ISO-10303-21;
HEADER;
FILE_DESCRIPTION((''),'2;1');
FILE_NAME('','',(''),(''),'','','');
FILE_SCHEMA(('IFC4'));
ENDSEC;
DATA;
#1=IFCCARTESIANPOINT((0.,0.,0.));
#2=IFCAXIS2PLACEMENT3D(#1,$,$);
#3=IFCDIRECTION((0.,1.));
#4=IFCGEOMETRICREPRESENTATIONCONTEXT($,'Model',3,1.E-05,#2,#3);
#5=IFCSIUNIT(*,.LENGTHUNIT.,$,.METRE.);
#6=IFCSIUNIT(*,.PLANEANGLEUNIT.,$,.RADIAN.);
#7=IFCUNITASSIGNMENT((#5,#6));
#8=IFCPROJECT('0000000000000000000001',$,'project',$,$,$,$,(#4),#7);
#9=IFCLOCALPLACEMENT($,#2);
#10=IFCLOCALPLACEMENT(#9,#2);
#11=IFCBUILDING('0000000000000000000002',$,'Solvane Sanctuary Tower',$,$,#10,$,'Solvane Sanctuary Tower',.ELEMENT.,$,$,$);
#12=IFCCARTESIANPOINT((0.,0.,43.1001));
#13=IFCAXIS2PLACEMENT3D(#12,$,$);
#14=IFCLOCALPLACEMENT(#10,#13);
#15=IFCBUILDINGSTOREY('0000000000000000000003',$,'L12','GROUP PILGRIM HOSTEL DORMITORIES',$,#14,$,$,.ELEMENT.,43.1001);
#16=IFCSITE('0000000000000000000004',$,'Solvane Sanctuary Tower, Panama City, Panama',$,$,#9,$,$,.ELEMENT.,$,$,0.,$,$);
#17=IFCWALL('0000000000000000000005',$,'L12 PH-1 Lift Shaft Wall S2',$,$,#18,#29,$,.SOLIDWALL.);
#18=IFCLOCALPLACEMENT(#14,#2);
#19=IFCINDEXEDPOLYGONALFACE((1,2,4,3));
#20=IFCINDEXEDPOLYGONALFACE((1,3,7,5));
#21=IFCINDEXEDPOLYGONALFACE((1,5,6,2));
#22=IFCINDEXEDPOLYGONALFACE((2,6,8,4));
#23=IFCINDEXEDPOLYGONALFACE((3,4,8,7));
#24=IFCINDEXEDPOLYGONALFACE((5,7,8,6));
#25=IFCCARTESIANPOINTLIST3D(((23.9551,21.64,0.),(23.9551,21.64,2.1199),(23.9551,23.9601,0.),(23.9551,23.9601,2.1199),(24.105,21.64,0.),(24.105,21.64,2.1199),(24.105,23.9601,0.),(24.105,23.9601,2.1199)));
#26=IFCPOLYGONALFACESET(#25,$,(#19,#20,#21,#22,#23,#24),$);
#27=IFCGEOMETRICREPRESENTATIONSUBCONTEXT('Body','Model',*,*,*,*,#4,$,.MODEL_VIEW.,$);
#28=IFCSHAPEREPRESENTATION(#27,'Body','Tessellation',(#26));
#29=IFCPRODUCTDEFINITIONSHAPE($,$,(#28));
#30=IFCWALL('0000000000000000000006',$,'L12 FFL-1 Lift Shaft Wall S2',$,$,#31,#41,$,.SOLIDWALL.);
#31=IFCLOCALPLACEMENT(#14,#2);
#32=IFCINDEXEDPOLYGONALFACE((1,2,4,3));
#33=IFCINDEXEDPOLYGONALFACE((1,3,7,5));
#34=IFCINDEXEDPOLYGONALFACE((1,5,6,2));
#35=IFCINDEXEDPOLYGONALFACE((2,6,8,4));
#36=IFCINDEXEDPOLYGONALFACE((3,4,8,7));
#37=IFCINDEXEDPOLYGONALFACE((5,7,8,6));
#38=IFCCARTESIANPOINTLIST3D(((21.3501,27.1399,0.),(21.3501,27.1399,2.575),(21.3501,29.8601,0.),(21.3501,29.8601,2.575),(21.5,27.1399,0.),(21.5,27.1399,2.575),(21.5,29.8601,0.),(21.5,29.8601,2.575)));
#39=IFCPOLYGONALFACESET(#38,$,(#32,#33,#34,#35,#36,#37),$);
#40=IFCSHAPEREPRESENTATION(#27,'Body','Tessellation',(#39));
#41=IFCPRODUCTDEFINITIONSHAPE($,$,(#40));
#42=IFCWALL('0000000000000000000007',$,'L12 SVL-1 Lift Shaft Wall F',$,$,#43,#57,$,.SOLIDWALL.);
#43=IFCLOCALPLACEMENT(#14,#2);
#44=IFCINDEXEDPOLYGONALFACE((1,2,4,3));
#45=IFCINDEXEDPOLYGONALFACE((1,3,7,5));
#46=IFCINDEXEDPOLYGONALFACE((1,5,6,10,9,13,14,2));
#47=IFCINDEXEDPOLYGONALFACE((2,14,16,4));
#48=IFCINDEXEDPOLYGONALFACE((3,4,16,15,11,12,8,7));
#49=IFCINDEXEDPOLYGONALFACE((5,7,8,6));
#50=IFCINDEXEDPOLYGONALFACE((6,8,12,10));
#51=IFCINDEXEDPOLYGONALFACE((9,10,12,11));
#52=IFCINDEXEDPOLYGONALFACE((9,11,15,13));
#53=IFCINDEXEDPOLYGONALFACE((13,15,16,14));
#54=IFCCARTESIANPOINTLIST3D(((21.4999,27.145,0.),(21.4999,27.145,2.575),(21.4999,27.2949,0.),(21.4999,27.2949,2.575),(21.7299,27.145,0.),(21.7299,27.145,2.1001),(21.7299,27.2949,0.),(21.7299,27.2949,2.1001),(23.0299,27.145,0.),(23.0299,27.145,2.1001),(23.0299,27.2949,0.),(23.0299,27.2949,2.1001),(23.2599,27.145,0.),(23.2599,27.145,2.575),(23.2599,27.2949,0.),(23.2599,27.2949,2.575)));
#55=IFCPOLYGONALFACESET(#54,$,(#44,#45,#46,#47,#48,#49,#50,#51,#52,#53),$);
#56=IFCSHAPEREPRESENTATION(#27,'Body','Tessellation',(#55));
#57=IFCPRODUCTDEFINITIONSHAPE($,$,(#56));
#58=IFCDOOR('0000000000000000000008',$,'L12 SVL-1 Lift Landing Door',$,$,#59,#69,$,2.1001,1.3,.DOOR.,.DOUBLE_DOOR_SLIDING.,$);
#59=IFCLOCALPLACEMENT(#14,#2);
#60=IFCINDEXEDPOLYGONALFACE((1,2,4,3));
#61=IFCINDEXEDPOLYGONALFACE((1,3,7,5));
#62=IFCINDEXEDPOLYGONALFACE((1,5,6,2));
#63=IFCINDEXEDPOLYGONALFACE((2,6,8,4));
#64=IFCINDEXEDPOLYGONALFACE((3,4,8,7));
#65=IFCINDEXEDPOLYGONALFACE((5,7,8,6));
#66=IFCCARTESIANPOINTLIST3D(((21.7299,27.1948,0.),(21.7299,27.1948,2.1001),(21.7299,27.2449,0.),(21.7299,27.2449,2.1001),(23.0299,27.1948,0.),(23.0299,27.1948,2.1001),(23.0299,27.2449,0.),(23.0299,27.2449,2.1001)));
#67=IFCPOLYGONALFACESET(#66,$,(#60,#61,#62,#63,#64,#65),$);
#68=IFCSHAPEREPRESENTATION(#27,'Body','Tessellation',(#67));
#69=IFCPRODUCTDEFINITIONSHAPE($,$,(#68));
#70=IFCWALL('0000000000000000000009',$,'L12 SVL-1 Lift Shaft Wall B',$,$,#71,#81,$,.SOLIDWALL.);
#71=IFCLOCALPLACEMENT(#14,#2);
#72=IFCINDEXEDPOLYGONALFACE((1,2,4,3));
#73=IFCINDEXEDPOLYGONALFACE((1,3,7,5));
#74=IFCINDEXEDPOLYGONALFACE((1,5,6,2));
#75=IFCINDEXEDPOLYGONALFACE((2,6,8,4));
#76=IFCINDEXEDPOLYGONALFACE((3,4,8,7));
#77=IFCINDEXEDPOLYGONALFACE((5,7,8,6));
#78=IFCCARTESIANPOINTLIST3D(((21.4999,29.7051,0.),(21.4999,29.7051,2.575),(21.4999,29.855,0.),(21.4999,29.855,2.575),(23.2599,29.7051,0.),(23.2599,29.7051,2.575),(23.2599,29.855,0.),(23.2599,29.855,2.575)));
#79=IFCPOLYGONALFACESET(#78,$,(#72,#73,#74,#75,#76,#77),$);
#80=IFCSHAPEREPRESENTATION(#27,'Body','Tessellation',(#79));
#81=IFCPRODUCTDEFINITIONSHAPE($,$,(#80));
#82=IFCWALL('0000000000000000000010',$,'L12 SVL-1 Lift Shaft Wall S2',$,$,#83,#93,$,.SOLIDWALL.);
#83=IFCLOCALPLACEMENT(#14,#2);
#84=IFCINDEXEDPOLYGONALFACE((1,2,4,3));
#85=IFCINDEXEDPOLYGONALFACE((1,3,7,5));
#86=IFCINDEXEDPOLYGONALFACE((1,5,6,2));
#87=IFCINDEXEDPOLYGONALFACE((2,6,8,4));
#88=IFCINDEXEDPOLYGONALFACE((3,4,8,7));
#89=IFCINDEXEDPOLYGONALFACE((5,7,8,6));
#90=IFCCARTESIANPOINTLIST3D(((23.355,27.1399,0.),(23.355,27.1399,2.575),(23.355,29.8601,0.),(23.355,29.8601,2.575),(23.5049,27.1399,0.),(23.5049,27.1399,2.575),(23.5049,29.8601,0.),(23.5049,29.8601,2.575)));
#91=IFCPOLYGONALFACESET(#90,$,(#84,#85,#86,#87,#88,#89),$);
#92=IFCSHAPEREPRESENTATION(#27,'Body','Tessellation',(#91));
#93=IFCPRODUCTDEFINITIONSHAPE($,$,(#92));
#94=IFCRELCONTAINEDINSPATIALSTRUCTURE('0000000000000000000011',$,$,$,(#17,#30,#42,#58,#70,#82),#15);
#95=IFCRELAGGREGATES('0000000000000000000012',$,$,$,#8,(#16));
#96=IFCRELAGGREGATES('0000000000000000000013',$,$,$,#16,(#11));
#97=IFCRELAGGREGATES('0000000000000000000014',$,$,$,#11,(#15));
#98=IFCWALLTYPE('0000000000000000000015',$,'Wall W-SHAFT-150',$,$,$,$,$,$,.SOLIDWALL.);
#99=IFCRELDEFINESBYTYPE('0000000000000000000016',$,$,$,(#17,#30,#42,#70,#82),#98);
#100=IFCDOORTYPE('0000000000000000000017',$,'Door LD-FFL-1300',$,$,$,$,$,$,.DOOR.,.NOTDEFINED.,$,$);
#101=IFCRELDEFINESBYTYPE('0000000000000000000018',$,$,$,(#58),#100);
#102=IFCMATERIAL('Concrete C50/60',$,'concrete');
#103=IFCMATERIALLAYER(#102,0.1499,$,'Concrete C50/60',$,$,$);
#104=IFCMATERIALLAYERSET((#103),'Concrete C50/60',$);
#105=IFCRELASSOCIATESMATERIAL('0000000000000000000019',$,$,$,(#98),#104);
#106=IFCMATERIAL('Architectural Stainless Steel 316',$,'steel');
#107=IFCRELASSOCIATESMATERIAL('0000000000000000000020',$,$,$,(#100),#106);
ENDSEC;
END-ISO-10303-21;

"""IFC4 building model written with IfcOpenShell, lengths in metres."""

from ifc_helpers import new_model, si_unit, direction, frame, frame_2d, origin, place, context, subcontext, project, spatial, rectangle, extrude, material, layer, layer_set, type_object, element, fill, save


model = new_model("IFC4")

# Units and contexts
model_context = context("Model", 3, precision=1e-05, world=origin(), true_north=direction((0.0, 1.0)))
body_context = subcontext(model_context, "Body", "Model", "MODEL_VIEW")
ifc_project = project(units=[si_unit("LENGTHUNIT", "METRE"), si_unit("PLANEANGLEUNIT", "RADIAN")], contexts=[model_context])

# Site, building, storey
site_placement = place(None, origin())
site = spatial("IfcSite", under=ifc_project, at=site_placement, Name="Solvane Sanctuary Tower, Panama City, Panama", CompositionType="ELEMENT", RefElevation=0.0)
building_placement = place(site_placement, origin())
building = spatial("IfcBuilding", under=site, at=building_placement, Name="Solvane Sanctuary Tower", LongName="Solvane Sanctuary Tower", CompositionType="ELEMENT")
storey_placement = place(building_placement, frame((0.0, 0.0, 43.1001)))
storey = spatial("IfcBuildingStorey", under=building, at=storey_placement, Name="L12", Description="GROUP PILGRIM HOSTEL DORMITORIES", CompositionType="ELEMENT", Elevation=43.1001)

# Shared definitions
ifc_material_1 = material(Name="Architectural Stainless Steel 316", Category="steel")

# Walls
ifc_material_2 = material(Name="Concrete C50/60", Category="concrete")
ifc_layer_1 = layer(ifc_material_2, 0.1499, Name="Concrete C50/60")
ifc_layer_set_1 = layer_set([ifc_layer_1], Name="Concrete C50/60")
wall_type_1 = type_object("IfcWallType", Name="Wall W-SHAFT-150", PredefinedType="SOLIDWALL", material=ifc_layer_set_1)
wall_1_placement = place(storey_placement, frame((24.03, 21.6399, 0.0), z_axis=(0.0, 0.0, 1.0), x_axis=(0.0, 1.0, 0.0)))
element("IfcWall", 1, at=wall_1_placement, inside=storey, type_object=wall_type_1, Name="L12 PH-1 Lift Shaft Wall S2", PredefinedType="SOLIDWALL", context=body_context, shape_type="SweptSolid", body=[
    extrude(rectangle(XDim=2.3201, YDim=0.1499, at=frame_2d((1.1602, 0.0))), origin(), (0.0, 0.0, 1.0), 2.1199),
])
wall_2_placement = place(storey_placement, frame((21.425, 27.1399, 0.0), z_axis=(0.0, 0.0, 1.0), x_axis=(0.0, 1.0, 0.0)))
element("IfcWall", 2, at=wall_2_placement, inside=storey, type_object=wall_type_1, Name="L12 FFL-1 Lift Shaft Wall S2", PredefinedType="SOLIDWALL", context=body_context, shape_type="SweptSolid", body=[
    extrude(rectangle(XDim=2.7202, YDim=0.1499, at=frame_2d((1.3601, 0.0))), origin(), (0.0, 0.0, 1.0), 2.575),
])

# Wall, opening, door
wall_3_placement = place(storey_placement, frame((21.5, 27.22, 0.0), z_axis=(0.0, 0.0, 1.0), x_axis=(1.0, 0.0, 0.0)))
wall_3 = element("IfcWall", 3, at=wall_3_placement, inside=storey, type_object=wall_type_1, Name="L12 SVL-1 Lift Shaft Wall F", PredefinedType="SOLIDWALL", context=body_context, shape_type="SweptSolid", body=[
    extrude(rectangle(XDim=1.76, YDim=0.1499, at=frame_2d((0.8799, 0.0))), origin(), (0.0, 0.0, 1.0), 2.575),
])
opening_1_placement = place(wall_3_placement, frame((0.23, 0.0, 0.0)))
opening_1 = element("IfcOpeningElement", 4, at=opening_1_placement, cuts=wall_3, PredefinedType="OPENING", context=body_context, shape_type="SweptSolid", body=[
    extrude(rectangle(XDim=1.3, YDim=2.1001, at=frame_2d((0.6499, 1.05))), frame((0.0, 0.085, 0.0), z_axis=(0.0, -1.0, 0.0), x_axis=(1.0, 0.0, 0.0)), (0.0, 0.0, 1.0), 0.1699),
])
door_type_1 = type_object("IfcDoorType", Name="Door LD-FFL-1300", OperationType="NOTDEFINED", PredefinedType="DOOR", material=ifc_material_1)
door_1_placement = place(opening_1_placement, origin())
door_1 = element("IfcDoor", 5, at=door_1_placement, inside=storey, type_object=door_type_1, Name="L12 SVL-1 Lift Landing Door", OperationType="DOUBLE_DOOR_SLIDING", OverallHeight=2.1001, OverallWidth=1.3, PredefinedType="DOOR", context=body_context, shape_type="SweptSolid", body=[
    extrude(rectangle(XDim=1.3, YDim=2.1001, at=frame_2d((0.6499, 1.05))), frame((0.0, 0.0249, 0.0), z_axis=(0.0, -1.0, 0.0), x_axis=(1.0, 0.0, 0.0)), (0.0, 0.0, 1.0), 0.05),
])
fill(opening_1, door_1)

# Walls
wall_4_placement = place(storey_placement, frame((21.5, 29.78, 0.0), z_axis=(0.0, 0.0, 1.0), x_axis=(1.0, 0.0, 0.0)))
element("IfcWall", 6, at=wall_4_placement, inside=storey, type_object=wall_type_1, Name="L12 SVL-1 Lift Shaft Wall B", PredefinedType="SOLIDWALL", context=body_context, shape_type="SweptSolid", body=[
    extrude(rectangle(XDim=1.76, YDim=0.1499, at=frame_2d((0.8799, 0.0))), origin(), (0.0, 0.0, 1.0), 2.575),
])
wall_5_placement = place(storey_placement, frame((23.4299, 27.1399, 0.0), z_axis=(0.0, 0.0, 1.0), x_axis=(0.0, 1.0, 0.0)))
element("IfcWall", 7, at=wall_5_placement, inside=storey, type_object=wall_type_1, Name="L12 SVL-1 Lift Shaft Wall S2", PredefinedType="SOLIDWALL", context=body_context, shape_type="SweptSolid", body=[
    extrude(rectangle(XDim=2.7202, YDim=0.1499, at=frame_2d((1.3601, 0.0))), origin(), (0.0, 0.0, 1.0), 2.575),
])

save(model, "model.ifc")
